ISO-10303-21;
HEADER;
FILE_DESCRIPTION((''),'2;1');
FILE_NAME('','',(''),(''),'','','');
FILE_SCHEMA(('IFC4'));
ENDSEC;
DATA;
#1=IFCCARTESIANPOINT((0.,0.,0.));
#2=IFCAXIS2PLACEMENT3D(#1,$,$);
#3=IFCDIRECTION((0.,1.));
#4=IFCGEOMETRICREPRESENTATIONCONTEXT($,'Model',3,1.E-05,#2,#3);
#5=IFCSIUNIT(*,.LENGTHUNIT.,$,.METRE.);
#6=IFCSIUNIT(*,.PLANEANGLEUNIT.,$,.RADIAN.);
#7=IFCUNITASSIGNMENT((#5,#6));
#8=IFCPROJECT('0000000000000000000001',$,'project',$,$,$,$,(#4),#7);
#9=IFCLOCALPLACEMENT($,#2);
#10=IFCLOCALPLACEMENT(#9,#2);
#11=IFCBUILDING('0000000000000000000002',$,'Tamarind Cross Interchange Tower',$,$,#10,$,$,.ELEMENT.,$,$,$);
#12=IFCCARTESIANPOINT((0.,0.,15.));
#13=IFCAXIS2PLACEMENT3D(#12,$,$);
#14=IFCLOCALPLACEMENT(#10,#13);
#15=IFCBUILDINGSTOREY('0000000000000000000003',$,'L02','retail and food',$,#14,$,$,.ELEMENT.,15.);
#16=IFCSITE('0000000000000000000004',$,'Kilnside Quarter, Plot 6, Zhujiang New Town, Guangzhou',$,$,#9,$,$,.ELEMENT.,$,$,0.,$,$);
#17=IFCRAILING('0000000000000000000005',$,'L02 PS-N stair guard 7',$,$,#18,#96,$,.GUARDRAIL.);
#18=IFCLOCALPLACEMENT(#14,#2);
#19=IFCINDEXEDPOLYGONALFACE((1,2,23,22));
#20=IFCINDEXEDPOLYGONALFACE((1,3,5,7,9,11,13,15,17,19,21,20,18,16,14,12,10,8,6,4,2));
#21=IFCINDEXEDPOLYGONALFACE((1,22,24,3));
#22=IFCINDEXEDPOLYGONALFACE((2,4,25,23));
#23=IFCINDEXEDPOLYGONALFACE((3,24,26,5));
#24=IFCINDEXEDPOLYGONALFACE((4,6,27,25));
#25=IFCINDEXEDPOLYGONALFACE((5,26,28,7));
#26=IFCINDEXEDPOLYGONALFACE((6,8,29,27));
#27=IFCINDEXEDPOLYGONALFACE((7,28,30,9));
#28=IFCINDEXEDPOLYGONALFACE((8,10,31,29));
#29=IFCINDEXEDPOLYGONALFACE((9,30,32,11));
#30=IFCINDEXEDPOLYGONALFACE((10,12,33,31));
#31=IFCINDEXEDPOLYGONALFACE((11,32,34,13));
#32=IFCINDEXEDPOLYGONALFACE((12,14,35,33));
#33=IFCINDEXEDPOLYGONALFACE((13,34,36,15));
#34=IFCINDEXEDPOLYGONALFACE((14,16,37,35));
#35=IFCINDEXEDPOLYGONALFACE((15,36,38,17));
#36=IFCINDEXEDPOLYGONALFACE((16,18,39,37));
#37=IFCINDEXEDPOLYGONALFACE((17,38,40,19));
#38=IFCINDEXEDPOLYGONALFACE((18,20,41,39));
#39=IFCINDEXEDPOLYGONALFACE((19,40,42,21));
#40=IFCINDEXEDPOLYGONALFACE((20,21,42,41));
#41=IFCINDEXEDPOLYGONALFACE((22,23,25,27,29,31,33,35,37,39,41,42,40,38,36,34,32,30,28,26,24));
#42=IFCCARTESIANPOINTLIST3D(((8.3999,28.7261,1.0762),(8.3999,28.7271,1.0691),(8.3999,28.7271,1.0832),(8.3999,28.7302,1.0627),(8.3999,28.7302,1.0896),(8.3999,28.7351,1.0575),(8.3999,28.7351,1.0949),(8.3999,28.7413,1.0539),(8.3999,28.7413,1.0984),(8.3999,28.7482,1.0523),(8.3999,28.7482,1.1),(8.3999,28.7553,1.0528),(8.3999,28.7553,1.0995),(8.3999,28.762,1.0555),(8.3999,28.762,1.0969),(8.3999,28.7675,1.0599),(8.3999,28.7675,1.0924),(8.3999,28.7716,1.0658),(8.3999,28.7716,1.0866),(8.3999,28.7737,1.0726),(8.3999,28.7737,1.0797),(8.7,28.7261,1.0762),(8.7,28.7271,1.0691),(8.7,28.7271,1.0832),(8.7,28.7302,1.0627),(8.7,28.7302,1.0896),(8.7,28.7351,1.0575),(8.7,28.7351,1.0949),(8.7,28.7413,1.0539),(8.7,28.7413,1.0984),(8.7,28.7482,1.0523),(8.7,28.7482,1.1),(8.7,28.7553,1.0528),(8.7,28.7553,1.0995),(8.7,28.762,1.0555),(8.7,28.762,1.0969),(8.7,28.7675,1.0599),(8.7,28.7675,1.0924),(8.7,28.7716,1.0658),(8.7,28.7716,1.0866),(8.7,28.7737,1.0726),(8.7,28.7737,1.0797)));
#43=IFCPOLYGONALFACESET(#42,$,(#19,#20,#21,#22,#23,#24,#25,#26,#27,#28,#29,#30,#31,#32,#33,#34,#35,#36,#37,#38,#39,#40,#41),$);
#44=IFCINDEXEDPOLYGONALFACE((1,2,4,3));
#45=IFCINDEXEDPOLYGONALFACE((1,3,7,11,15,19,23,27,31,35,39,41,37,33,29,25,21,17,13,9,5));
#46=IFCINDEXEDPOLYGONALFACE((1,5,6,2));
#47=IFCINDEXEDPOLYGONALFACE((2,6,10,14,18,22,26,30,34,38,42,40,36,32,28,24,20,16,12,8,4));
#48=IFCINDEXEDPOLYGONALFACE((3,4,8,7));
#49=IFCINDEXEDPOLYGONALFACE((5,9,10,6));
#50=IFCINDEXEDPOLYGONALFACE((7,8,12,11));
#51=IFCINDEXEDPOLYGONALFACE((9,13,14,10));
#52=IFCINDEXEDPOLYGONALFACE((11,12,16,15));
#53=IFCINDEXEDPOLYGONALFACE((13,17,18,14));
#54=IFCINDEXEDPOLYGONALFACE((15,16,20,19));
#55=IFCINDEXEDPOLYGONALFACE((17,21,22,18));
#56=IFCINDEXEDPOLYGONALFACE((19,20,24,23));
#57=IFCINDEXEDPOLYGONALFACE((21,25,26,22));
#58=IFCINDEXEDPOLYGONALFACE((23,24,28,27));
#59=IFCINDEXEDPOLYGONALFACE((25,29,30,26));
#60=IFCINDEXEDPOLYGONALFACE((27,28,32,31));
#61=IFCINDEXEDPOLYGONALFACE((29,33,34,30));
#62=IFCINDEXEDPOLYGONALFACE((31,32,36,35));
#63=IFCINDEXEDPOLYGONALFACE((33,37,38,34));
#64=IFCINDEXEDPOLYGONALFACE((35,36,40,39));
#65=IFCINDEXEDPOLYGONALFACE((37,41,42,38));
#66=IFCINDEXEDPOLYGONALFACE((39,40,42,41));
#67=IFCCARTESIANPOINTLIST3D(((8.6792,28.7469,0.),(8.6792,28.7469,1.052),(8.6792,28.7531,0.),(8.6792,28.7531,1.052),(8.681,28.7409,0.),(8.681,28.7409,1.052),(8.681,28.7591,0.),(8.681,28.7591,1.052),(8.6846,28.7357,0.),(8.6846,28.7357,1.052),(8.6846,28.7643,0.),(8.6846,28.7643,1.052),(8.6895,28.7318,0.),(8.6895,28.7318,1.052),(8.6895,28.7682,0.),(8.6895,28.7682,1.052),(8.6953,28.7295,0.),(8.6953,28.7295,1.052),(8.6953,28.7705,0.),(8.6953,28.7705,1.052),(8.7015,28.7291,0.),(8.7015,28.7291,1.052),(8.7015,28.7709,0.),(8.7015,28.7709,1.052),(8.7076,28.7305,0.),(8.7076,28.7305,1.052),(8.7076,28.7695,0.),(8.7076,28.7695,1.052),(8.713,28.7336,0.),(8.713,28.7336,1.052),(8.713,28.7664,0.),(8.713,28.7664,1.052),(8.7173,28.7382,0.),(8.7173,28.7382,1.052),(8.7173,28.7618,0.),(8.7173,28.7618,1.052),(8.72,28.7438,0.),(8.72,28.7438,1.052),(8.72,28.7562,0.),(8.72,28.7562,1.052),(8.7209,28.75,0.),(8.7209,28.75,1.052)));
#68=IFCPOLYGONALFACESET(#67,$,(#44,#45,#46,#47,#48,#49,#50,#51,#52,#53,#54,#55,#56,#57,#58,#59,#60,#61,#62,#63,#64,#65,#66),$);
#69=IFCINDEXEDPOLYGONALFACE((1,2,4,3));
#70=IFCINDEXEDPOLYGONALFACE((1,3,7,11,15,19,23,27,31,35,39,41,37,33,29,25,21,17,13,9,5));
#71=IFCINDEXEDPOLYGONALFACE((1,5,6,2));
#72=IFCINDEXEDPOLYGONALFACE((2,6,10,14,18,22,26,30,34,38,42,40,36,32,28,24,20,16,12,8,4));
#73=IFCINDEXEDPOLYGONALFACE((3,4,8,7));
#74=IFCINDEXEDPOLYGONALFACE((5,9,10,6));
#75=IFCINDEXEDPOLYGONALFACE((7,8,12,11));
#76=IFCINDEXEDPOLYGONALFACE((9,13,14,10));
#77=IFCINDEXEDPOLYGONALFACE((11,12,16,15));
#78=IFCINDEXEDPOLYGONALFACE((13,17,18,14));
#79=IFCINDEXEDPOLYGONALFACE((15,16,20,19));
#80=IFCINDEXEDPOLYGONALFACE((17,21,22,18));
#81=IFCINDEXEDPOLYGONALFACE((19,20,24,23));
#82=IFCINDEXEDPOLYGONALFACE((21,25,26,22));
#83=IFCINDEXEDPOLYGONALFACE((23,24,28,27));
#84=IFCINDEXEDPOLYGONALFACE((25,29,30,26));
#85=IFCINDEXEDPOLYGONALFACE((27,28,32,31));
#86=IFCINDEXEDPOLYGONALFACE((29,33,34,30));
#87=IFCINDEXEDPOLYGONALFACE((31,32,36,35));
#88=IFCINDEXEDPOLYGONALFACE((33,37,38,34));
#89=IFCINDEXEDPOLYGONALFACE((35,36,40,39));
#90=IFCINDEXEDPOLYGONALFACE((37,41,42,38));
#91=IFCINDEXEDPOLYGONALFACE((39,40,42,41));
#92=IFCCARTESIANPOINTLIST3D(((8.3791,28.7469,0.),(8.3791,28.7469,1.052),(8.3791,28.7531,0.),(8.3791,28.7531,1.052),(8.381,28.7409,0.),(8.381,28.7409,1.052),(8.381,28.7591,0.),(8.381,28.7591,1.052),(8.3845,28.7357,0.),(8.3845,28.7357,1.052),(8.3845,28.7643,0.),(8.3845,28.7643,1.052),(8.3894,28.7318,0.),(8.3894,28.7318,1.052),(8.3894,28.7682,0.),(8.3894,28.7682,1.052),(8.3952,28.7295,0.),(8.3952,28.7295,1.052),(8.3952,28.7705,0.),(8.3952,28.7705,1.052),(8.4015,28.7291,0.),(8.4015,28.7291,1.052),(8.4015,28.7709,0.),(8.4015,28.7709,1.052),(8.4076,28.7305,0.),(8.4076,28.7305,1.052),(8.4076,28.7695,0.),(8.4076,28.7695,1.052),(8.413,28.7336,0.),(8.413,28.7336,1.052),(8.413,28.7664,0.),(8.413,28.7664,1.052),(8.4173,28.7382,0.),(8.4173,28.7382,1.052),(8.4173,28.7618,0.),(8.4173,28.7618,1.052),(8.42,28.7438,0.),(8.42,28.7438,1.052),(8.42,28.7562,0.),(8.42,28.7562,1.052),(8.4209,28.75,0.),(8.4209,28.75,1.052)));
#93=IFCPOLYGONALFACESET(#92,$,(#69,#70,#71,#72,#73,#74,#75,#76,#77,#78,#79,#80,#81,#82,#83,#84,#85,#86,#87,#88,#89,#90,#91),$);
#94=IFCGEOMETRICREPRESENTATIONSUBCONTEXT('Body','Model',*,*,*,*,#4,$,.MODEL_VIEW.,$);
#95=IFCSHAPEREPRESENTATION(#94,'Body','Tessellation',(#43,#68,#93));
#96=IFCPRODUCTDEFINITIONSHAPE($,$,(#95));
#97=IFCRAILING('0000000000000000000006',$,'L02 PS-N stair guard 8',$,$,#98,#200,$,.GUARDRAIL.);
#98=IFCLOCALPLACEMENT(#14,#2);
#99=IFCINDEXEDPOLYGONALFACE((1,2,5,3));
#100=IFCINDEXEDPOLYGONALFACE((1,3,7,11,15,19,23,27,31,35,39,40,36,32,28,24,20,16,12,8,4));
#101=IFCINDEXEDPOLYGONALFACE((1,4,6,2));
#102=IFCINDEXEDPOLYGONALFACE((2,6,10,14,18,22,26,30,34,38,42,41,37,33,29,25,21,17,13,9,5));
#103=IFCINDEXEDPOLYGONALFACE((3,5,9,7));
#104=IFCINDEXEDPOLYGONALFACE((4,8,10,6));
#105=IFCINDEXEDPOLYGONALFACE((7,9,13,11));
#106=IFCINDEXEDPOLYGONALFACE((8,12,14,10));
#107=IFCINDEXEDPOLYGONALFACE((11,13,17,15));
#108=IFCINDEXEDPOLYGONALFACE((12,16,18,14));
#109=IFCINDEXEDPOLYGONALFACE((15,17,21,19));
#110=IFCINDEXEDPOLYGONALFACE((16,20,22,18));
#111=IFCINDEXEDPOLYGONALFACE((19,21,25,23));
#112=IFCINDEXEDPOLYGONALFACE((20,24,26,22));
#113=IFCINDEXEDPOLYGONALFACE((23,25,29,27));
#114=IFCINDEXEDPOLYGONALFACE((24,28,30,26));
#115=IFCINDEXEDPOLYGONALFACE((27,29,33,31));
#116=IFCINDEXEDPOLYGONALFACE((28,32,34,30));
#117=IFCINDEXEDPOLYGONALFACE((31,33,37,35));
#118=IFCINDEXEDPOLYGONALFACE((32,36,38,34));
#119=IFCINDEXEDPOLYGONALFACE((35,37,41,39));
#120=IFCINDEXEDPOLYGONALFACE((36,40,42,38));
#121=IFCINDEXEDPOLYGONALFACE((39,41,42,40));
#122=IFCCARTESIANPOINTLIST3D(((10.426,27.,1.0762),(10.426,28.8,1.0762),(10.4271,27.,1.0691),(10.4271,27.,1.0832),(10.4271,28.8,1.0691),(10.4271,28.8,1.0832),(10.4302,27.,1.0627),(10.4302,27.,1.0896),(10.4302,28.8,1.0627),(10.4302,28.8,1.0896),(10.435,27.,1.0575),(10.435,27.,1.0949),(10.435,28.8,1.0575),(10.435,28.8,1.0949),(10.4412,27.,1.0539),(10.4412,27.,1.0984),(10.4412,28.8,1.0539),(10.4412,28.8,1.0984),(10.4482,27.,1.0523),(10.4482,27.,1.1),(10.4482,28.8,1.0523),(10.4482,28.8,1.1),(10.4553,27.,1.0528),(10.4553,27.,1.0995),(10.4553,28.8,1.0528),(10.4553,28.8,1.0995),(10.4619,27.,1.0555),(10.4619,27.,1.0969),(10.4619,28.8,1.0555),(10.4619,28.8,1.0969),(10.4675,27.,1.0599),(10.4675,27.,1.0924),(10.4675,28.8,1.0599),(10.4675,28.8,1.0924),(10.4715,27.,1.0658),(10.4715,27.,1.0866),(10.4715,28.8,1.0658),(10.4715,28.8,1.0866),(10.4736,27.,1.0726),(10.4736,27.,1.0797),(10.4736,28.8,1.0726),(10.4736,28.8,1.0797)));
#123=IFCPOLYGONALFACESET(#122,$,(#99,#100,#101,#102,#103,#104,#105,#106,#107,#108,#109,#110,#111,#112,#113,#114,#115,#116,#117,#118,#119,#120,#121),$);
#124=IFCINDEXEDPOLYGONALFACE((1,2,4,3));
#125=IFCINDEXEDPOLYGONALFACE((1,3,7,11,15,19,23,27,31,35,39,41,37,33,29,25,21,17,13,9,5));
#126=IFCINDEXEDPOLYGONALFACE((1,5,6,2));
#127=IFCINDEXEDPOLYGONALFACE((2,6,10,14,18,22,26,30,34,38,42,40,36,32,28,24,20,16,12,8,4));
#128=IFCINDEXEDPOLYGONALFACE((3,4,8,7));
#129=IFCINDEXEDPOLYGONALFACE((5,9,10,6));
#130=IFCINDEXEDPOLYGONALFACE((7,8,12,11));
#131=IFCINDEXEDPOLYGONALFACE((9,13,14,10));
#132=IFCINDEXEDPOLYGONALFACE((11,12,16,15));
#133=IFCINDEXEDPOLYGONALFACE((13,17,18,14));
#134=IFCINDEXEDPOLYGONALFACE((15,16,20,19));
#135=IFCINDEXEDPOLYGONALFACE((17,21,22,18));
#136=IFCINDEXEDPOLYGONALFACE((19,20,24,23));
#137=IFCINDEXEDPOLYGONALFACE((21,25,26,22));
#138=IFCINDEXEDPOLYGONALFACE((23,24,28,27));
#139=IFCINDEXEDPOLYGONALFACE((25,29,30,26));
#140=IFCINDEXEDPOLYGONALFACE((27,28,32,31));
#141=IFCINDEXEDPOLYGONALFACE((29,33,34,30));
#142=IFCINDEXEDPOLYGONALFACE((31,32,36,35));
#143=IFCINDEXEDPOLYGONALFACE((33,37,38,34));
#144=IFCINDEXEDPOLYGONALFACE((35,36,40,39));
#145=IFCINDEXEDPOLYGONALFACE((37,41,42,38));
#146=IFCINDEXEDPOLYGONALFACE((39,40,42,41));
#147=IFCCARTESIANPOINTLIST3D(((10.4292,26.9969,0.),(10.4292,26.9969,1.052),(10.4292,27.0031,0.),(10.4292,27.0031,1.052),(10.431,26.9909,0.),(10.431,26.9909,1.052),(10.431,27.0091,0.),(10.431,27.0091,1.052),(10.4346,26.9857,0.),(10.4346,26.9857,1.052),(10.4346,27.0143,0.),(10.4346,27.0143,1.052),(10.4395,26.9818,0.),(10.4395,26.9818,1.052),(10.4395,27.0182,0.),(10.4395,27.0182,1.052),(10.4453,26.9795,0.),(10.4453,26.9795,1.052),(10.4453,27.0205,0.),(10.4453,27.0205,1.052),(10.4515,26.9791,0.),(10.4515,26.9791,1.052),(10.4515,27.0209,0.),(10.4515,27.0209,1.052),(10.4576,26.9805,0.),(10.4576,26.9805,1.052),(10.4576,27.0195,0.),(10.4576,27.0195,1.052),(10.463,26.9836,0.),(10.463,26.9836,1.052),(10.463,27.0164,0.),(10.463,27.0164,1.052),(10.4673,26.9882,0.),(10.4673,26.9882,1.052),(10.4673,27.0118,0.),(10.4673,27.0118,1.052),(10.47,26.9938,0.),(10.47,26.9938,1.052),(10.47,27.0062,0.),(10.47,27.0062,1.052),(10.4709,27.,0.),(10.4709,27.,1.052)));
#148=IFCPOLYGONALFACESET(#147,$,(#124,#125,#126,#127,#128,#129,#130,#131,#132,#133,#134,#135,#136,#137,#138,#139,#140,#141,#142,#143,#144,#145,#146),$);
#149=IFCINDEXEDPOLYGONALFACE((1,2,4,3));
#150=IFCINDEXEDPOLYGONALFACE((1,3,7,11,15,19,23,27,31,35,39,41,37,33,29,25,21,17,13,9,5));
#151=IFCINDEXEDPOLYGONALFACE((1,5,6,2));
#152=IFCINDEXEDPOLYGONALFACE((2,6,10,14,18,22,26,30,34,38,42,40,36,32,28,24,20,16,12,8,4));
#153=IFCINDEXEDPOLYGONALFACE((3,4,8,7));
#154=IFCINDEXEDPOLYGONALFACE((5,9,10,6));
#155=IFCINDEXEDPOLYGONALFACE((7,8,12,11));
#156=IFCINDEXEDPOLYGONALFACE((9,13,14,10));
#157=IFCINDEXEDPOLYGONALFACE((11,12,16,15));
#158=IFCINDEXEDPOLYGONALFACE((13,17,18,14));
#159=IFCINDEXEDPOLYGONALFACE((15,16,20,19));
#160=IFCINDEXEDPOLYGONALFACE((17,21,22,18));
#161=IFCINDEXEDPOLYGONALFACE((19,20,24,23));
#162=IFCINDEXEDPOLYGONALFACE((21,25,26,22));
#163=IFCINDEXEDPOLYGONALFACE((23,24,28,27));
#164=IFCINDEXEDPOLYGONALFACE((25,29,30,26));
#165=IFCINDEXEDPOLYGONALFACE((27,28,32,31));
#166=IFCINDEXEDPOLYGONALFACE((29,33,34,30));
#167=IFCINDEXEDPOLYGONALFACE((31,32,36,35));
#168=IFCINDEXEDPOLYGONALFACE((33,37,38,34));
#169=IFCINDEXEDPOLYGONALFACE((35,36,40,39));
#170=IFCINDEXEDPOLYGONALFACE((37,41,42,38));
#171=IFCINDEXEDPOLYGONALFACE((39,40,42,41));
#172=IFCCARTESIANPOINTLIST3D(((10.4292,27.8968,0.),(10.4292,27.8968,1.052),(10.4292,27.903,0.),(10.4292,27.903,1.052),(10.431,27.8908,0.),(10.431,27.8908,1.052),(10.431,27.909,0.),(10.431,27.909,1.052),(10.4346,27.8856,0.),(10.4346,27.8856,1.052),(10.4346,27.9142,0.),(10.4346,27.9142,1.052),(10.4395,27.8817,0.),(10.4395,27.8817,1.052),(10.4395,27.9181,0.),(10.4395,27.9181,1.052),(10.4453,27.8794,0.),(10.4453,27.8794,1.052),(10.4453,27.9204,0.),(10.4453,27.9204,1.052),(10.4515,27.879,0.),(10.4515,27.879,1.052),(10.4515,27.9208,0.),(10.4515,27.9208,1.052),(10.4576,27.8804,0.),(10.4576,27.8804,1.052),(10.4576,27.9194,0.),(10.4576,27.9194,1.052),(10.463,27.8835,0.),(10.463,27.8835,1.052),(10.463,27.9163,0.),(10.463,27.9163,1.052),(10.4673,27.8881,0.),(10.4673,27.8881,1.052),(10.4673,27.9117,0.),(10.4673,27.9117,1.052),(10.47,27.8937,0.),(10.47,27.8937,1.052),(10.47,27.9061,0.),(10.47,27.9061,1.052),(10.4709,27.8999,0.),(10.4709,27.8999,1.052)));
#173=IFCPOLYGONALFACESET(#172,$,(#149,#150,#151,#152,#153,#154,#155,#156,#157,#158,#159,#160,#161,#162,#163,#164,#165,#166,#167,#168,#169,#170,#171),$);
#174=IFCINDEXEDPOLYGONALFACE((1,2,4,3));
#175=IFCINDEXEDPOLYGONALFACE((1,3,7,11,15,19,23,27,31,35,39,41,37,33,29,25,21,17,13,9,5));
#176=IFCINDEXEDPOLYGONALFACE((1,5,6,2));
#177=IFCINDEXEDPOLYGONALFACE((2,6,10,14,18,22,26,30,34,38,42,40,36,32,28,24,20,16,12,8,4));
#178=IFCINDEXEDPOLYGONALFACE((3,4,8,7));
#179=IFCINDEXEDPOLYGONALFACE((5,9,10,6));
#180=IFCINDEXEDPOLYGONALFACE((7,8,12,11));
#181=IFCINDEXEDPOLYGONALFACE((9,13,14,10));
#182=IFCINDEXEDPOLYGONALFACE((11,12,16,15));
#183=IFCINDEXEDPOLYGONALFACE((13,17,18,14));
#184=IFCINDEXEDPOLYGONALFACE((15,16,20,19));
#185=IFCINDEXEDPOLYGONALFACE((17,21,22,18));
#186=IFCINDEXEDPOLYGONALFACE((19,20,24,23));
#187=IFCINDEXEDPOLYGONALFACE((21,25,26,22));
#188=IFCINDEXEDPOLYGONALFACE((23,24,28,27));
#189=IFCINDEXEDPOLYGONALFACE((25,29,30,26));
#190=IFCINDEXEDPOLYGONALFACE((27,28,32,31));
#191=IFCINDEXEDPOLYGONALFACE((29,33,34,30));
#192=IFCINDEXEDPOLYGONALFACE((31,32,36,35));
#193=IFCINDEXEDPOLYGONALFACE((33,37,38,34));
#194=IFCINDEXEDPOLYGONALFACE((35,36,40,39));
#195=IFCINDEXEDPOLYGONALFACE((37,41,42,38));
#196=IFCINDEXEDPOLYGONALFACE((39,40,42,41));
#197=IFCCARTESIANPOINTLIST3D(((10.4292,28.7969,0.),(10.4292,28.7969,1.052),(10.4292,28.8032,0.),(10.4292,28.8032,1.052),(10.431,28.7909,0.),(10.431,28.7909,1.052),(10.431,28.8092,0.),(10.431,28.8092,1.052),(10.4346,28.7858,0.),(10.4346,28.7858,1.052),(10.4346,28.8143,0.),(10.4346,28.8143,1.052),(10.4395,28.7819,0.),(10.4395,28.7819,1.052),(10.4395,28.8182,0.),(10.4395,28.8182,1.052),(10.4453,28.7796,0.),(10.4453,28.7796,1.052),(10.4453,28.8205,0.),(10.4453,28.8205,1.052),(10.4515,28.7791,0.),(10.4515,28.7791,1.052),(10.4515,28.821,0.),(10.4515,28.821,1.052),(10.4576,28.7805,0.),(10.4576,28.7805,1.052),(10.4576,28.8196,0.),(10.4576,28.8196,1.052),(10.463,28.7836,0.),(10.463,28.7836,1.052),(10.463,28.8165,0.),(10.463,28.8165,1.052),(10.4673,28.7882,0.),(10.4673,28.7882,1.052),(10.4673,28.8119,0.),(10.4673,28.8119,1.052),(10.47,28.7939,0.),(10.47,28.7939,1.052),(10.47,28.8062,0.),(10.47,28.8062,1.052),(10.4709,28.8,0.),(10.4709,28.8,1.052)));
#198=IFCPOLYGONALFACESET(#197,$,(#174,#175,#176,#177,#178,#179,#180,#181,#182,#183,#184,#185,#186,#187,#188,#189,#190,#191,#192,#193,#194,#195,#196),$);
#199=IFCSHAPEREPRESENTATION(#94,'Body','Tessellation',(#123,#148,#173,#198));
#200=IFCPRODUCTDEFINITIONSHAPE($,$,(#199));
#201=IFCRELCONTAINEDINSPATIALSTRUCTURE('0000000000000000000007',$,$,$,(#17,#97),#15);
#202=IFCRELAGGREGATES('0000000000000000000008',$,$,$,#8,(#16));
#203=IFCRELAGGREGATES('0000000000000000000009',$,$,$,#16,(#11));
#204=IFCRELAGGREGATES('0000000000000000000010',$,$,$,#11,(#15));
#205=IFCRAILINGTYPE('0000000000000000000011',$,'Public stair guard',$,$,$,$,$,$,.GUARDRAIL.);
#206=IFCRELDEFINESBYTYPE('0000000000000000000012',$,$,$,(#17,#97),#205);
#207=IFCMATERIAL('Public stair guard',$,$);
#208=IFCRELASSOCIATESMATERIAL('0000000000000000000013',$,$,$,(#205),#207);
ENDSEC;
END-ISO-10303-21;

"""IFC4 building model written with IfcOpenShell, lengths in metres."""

from ifc_helpers import new_model, si_unit, direction, frame, origin, origin_2d, place, context, subcontext, project, spatial, circle, extrude, material, type_object, element, save


model = new_model("IFC4")

# Units and contexts
model_context = context("Model", 3, precision=1e-05, world=origin(), true_north=direction((0.0, 1.0)))
body_context = subcontext(model_context, "Body", "Model", "MODEL_VIEW")
ifc_project = project(units=[si_unit("LENGTHUNIT", "METRE"), si_unit("PLANEANGLEUNIT", "RADIAN")], contexts=[model_context])

# Site, building, storey
site_placement = place(None, origin())
site = spatial("IfcSite", under=ifc_project, at=site_placement, Name="Kilnside Quarter, Plot 6, Zhujiang New Town, Guangzhou", CompositionType="ELEMENT", RefElevation=0.0)
building_placement = place(site_placement, origin())
building = spatial("IfcBuilding", under=site, at=building_placement, Name="Tamarind Cross Interchange Tower", CompositionType="ELEMENT")
storey_placement = place(building_placement, frame((0.0, 0.0, 15.0)))
storey = spatial("IfcBuildingStorey", under=building, at=storey_placement, Name="L02", Description="retail and food", CompositionType="ELEMENT", Elevation=15.0)

# Railings
ifc_material_1 = material(Name="Public stair guard")
railing_type_1 = type_object("IfcRailingType", Name="Public stair guard", PredefinedType="GUARDRAIL", material=ifc_material_1)
railing_1_placement = place(storey_placement, frame((8.7, 28.75, 0.0)))
element("IfcRailing", 1, at=railing_1_placement, inside=storey, type_object=railing_type_1, Name="L02 PS-N stair guard 7", PredefinedType="GUARDRAIL", context=body_context, shape_type="SweptSolid", body=[
    extrude(circle(Radius=0.0239, at=origin_2d()), frame((0.0, 0.0, 1.0762), z_axis=(-1.0, 0.0, 0.0), x_axis=(0.0, -1.0, 0.0)), (0.0, 0.0, 1.0), 0.3),
    extrude(circle(Radius=0.021, at=origin_2d()), origin(), (0.0, 0.0, 1.0), 1.052),
    extrude(circle(Radius=0.021, at=origin_2d()), frame((-0.3, 0.0, 0.0)), (0.0, 0.0, 1.0), 1.052),
])
for number, where, name in (
    (2, (10.45, 27.0, 0.0), "L02 PS-N stair guard 8"),
):
    element("IfcRailing", number, at=place(storey_placement, frame(where)), inside=storey, type_object=railing_type_1, Name=name, PredefinedType="GUARDRAIL", context=body_context, shape_type="SweptSolid", body=[
        extrude(circle(Radius=0.0239, at=origin_2d()), frame((0.0, 0.0, 1.0762), z_axis=(0.0, 1.0, 0.0), x_axis=(-1.0, 0.0, 0.0)), (0.0, 0.0, 1.0), 1.8),
        extrude(circle(Radius=0.021, at=origin_2d()), origin(), (0.0, 0.0, 1.0), 1.052),
        extrude(circle(Radius=0.021, at=origin_2d()), frame((0.0, 0.8999, 0.0)), (0.0, 0.0, 1.0), 1.052),
        extrude(circle(Radius=0.021, at=origin_2d()), frame((0.0, 1.8, 0.0)), (0.0, 0.0, 1.0), 1.052),
    ])

save(model, "model.ifc")
